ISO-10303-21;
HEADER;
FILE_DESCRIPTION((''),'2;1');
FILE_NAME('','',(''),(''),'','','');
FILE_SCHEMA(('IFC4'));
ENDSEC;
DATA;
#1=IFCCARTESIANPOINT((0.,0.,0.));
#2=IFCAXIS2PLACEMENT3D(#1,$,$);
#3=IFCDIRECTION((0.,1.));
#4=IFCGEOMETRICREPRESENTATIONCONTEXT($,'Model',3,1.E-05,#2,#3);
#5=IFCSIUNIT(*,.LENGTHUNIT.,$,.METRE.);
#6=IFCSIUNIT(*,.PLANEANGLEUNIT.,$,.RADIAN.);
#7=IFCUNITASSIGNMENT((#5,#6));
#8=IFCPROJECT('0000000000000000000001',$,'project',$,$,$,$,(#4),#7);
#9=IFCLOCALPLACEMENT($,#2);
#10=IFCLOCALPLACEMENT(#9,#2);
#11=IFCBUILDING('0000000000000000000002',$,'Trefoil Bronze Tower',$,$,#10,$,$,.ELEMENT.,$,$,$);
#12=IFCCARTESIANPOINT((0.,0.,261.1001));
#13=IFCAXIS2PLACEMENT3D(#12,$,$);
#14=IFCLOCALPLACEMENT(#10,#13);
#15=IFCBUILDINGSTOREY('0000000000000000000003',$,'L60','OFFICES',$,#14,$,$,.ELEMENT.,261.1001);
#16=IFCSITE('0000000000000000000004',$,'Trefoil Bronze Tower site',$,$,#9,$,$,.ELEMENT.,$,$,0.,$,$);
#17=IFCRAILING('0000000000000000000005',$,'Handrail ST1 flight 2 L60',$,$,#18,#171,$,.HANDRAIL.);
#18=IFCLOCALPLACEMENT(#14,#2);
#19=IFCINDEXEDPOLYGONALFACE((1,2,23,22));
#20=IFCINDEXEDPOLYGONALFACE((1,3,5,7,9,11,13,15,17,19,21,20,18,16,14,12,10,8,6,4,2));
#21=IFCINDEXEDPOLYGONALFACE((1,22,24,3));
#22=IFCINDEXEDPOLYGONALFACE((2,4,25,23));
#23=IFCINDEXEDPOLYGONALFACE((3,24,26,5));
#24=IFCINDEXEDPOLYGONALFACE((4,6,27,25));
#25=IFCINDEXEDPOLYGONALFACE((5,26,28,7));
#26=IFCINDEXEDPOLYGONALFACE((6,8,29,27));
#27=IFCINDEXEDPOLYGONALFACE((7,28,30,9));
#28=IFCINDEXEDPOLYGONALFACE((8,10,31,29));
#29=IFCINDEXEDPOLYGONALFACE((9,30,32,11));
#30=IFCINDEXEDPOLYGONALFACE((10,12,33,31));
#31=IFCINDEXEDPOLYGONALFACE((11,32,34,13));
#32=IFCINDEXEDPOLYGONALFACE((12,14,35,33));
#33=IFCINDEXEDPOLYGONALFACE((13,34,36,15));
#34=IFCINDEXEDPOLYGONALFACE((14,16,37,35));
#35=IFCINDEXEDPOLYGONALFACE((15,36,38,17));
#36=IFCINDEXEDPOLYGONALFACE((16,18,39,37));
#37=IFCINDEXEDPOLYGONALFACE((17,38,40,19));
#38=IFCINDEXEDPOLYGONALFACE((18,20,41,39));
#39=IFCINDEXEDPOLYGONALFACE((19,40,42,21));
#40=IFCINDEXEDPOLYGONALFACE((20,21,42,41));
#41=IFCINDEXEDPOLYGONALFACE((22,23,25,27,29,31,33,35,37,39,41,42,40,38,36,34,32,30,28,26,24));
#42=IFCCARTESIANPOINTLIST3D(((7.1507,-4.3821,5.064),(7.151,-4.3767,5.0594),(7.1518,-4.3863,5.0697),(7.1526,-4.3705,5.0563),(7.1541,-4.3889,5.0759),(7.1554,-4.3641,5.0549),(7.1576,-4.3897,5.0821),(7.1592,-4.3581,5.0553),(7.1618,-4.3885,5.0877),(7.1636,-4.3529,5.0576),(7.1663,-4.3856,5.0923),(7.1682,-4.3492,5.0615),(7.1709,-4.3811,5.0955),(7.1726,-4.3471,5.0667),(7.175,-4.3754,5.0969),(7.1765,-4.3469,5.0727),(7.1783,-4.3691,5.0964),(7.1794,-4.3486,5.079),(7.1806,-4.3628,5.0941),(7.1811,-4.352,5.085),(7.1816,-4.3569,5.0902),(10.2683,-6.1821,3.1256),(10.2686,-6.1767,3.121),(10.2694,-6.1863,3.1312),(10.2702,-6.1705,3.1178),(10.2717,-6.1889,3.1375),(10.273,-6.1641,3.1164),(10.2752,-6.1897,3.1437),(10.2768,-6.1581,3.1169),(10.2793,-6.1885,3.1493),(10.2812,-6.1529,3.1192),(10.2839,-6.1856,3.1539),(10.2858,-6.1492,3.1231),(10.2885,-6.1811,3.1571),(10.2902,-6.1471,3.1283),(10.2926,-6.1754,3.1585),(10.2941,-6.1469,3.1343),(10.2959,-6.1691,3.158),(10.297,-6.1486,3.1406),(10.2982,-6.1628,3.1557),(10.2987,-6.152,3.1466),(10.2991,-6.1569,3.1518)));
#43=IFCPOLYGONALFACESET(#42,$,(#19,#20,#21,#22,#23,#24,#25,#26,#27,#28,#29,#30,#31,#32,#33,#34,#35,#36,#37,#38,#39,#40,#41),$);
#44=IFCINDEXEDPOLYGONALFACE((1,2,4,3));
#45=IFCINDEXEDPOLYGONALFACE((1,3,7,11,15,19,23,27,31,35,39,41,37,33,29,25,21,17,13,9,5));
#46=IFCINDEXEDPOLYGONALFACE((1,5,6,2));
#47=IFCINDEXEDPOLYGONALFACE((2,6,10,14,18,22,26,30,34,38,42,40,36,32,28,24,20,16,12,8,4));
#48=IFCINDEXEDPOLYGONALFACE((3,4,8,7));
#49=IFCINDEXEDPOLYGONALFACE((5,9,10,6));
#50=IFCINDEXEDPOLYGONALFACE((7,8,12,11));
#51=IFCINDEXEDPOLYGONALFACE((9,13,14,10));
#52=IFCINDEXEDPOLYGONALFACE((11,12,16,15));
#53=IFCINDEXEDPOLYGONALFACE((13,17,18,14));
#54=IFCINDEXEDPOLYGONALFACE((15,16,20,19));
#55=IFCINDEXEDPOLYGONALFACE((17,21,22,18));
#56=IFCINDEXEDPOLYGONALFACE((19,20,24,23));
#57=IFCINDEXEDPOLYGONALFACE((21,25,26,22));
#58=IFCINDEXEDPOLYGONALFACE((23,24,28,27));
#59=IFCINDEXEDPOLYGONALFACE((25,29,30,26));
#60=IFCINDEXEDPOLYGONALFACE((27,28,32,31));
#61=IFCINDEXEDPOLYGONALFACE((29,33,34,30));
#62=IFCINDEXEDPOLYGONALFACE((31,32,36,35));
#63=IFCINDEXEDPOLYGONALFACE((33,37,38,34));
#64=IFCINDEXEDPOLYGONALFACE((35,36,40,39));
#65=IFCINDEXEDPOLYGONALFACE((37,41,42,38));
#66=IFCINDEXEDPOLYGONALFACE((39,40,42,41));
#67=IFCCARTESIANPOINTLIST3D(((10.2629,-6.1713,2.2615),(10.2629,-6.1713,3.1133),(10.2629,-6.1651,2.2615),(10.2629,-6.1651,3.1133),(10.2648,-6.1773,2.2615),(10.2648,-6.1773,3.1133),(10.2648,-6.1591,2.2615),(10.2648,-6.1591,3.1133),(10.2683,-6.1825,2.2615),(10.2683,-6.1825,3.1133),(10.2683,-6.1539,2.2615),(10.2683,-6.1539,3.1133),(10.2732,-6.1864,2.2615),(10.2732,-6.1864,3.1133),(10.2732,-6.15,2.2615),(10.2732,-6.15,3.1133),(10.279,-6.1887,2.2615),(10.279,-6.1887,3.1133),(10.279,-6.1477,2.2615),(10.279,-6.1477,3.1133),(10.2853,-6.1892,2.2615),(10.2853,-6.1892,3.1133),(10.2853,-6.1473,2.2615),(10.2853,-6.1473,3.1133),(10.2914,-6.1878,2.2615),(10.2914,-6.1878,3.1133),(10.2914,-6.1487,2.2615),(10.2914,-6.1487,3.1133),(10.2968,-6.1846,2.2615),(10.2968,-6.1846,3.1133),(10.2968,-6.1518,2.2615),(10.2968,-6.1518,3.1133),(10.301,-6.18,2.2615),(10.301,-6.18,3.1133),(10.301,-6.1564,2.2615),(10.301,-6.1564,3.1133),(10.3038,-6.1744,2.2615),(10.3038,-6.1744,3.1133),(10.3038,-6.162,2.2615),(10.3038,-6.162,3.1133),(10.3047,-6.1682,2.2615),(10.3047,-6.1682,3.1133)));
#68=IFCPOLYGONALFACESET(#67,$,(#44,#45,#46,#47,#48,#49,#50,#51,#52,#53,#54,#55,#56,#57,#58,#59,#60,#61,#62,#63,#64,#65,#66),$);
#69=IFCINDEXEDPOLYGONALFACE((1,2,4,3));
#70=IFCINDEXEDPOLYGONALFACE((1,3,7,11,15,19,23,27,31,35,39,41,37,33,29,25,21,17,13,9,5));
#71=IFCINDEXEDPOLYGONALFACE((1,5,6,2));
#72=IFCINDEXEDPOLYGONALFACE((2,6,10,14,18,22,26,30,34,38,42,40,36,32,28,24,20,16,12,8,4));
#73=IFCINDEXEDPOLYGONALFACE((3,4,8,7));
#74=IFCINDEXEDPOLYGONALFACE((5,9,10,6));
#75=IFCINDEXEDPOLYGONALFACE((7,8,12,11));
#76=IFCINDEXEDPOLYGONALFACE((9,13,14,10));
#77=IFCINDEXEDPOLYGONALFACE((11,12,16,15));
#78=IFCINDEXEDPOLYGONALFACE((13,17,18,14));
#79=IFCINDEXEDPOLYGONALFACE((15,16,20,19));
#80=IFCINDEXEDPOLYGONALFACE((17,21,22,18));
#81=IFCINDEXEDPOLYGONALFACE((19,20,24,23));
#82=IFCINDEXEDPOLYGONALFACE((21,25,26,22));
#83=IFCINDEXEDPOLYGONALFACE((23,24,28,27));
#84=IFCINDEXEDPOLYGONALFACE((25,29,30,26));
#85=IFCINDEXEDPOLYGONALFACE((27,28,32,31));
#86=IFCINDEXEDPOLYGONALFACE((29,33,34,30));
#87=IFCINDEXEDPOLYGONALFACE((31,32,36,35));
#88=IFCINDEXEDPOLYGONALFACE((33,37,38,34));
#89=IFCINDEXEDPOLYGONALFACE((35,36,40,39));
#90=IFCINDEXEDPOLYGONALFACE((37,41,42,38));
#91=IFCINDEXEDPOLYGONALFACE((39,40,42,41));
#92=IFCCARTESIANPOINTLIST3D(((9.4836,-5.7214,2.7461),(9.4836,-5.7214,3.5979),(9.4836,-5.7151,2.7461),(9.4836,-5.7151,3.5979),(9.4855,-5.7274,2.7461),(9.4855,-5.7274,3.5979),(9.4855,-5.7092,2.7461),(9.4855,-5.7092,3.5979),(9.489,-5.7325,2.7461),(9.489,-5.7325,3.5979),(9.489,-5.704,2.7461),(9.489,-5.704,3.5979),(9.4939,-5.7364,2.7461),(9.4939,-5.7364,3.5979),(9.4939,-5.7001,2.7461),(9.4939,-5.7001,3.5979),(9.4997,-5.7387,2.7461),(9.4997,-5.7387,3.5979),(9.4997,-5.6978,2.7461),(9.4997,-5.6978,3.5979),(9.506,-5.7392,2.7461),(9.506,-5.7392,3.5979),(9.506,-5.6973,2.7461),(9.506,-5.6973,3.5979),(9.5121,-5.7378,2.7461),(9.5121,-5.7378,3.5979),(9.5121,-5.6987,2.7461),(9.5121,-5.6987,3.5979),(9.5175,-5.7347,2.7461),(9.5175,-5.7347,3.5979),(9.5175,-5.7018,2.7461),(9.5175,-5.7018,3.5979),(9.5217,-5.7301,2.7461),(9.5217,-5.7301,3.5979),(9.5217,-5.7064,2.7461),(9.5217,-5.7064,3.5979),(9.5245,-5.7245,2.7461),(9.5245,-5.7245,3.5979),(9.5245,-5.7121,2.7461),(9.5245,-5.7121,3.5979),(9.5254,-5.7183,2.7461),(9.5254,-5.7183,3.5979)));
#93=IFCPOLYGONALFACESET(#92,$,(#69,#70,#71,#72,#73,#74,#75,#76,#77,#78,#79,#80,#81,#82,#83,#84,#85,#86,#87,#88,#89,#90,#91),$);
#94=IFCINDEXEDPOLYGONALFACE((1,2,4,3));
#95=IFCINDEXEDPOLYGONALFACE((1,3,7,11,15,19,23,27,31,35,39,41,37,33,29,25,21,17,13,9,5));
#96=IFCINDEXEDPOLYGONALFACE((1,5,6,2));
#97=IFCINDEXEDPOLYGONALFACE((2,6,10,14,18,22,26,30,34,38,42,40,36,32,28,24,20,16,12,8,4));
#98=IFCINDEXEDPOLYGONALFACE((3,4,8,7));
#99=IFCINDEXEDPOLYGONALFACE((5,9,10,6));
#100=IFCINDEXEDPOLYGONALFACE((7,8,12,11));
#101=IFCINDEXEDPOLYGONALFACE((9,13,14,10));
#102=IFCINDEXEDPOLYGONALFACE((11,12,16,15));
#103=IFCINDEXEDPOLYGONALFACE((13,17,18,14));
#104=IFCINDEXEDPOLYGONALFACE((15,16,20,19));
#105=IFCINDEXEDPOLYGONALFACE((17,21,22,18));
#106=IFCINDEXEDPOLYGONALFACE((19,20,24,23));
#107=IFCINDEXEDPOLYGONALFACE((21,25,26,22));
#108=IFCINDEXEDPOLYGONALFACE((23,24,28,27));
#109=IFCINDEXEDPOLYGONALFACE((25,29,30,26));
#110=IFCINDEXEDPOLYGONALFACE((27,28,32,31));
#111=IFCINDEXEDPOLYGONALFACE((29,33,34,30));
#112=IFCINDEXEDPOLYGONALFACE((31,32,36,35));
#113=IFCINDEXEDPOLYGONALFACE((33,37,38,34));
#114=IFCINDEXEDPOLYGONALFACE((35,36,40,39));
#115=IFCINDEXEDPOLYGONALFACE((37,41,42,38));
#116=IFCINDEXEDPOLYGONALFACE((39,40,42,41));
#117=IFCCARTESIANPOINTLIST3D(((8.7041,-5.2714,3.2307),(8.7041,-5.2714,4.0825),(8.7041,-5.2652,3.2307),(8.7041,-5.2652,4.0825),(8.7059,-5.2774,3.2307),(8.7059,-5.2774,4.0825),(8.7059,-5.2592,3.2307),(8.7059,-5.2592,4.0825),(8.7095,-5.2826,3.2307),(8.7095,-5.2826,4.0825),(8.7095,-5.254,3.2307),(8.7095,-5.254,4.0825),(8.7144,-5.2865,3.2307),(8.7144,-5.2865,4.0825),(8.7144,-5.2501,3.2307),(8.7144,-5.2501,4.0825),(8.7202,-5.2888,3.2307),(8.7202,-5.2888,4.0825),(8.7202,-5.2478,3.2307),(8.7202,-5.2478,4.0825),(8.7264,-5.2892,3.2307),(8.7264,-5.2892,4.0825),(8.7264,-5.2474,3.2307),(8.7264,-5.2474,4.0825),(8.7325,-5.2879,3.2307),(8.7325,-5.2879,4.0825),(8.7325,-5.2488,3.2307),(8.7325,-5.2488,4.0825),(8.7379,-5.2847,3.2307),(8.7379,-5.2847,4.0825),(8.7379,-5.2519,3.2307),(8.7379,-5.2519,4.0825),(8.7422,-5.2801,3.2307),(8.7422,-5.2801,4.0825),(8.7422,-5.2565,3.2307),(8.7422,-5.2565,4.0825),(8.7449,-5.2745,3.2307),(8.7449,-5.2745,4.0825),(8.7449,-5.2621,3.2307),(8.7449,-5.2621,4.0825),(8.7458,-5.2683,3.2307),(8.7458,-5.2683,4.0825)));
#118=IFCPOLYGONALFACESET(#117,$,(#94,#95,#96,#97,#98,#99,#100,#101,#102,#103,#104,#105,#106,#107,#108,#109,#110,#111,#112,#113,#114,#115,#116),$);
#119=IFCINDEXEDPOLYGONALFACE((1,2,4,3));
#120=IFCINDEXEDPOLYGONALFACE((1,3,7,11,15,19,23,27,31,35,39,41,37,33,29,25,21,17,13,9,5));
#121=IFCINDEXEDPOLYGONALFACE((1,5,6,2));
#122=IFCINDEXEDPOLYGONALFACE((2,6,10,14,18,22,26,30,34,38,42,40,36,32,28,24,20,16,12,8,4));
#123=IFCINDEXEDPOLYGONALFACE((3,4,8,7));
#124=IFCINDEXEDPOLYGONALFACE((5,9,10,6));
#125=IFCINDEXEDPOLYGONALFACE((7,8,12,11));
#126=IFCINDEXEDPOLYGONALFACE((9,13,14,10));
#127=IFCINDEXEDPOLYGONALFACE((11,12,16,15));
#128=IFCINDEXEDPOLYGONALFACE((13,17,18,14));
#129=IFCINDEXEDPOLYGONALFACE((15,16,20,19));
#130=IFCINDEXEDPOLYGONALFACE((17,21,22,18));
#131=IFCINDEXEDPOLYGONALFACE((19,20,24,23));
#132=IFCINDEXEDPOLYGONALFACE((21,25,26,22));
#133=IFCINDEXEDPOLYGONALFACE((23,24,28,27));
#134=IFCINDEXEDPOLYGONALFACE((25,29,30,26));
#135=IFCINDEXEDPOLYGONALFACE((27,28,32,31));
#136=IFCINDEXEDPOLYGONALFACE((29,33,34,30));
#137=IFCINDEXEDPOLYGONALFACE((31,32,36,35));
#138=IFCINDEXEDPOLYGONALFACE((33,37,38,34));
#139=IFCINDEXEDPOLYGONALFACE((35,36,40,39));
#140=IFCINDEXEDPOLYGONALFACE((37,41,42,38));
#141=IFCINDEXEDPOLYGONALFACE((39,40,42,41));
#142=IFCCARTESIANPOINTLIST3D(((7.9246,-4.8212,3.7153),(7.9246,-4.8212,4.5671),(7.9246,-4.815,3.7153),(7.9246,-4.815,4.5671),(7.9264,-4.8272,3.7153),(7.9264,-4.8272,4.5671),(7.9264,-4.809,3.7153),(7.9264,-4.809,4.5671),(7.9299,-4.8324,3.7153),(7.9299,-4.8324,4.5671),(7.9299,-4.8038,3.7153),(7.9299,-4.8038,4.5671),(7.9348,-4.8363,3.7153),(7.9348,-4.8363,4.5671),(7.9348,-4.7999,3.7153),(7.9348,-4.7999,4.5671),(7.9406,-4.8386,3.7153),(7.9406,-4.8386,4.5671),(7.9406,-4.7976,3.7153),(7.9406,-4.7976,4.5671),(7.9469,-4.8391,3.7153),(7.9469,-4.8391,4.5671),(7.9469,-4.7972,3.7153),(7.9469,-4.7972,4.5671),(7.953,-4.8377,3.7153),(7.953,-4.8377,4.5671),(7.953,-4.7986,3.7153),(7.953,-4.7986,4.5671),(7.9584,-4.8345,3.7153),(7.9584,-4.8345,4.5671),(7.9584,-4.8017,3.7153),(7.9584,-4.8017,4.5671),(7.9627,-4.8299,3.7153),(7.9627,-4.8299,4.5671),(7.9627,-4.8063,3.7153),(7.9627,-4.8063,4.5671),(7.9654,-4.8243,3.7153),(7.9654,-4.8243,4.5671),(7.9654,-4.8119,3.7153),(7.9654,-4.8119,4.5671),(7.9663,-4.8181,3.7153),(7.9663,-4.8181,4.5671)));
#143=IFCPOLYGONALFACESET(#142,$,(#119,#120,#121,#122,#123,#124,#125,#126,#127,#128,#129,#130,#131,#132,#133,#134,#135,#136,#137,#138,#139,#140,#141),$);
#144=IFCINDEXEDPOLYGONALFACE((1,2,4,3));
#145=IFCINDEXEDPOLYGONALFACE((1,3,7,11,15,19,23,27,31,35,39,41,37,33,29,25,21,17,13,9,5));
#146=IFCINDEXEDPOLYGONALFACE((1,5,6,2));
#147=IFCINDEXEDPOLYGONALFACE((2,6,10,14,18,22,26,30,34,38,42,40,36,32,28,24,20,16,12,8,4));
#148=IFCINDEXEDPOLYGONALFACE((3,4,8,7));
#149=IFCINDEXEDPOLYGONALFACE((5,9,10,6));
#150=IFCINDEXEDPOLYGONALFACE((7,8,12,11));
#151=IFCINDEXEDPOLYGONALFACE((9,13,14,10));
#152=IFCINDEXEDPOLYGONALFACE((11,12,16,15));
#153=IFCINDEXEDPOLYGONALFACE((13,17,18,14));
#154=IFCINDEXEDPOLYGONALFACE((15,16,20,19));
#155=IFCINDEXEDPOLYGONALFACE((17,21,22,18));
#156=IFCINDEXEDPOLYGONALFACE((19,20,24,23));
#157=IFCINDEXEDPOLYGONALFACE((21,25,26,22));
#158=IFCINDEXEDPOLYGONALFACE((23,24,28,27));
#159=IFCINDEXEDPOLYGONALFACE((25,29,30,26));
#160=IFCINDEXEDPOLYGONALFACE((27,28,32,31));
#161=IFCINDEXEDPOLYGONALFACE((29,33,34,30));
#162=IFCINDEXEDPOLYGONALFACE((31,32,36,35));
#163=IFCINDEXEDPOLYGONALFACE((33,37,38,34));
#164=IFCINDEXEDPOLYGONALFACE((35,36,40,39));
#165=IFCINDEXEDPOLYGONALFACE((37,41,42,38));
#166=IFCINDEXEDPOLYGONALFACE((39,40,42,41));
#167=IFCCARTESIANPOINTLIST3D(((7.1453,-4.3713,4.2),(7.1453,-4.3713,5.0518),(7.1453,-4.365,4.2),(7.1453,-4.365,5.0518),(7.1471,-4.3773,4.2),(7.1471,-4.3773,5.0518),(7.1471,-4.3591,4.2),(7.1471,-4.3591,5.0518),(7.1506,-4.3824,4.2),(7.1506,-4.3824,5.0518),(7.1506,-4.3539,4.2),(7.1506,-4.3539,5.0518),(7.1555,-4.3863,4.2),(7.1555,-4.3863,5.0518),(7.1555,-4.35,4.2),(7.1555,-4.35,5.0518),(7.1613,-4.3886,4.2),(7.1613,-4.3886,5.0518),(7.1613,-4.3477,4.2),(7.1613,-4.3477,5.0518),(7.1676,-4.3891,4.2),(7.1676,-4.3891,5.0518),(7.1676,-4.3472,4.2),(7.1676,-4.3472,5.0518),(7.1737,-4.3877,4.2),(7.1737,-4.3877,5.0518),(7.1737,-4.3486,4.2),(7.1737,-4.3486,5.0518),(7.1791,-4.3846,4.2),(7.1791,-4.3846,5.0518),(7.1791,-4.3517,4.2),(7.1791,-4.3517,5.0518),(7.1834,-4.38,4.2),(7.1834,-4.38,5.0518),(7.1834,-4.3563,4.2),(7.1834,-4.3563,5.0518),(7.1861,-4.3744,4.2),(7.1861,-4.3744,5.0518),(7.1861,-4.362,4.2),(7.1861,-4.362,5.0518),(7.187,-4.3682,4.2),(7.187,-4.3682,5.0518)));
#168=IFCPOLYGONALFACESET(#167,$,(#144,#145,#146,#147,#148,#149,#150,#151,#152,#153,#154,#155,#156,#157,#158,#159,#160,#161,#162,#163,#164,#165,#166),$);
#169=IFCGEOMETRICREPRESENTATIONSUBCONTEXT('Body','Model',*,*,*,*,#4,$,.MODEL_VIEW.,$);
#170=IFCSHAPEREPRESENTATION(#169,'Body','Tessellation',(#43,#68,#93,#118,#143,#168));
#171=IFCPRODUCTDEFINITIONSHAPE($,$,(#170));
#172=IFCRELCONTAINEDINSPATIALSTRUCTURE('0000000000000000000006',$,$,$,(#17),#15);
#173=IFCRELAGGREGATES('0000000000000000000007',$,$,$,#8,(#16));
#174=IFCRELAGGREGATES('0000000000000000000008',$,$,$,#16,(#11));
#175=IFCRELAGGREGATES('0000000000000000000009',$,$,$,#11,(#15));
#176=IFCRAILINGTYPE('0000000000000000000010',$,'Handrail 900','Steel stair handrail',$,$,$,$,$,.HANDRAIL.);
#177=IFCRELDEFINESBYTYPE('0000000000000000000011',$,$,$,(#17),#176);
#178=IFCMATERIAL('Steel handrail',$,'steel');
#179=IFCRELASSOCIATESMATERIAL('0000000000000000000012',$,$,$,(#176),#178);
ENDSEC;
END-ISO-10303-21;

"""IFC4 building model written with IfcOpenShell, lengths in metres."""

from ifc_helpers import new_model, si_unit, direction, frame, origin, origin_2d, place, context, subcontext, project, spatial, circle, extrude, material, type_object, element, save


model = new_model("IFC4")

# Units and contexts
model_context = context("Model", 3, precision=1e-05, world=origin(), true_north=direction((0.0, 1.0)))
body_context = subcontext(model_context, "Body", "Model", "MODEL_VIEW")
ifc_project = project(units=[si_unit("LENGTHUNIT", "METRE"), si_unit("PLANEANGLEUNIT", "RADIAN")], contexts=[model_context])

# Site, building, storey
site_placement = place(None, origin())
site = spatial("IfcSite", under=ifc_project, at=site_placement, Name="Trefoil Bronze Tower site", CompositionType="ELEMENT", RefElevation=0.0)
building_placement = place(site_placement, origin())
building = spatial("IfcBuilding", under=site, at=building_placement, Name="Trefoil Bronze Tower", CompositionType="ELEMENT")
storey_placement = place(building_placement, frame((0.0, 0.0, 261.1001)))
storey = spatial("IfcBuildingStorey", under=building, at=storey_placement, Name="L60", Description="OFFICES", CompositionType="ELEMENT", Elevation=261.1001)

# Railing
ifc_material_1 = material(Name="Steel handrail", Category="steel")
railing_type = type_object("IfcRailingType", Name="Handrail 900", Description="Steel stair handrail", PredefinedType="HANDRAIL", material=ifc_material_1)
railing_1_placement = place(storey_placement, frame((10.2837, -6.1682, 2.2615)))
element("IfcRailing", 1, at=railing_1_placement, inside=storey, type_object=railing_type, Name="Handrail ST1 flight 2 L60", PredefinedType="HANDRAIL", context=body_context, shape_type="SweptSolid", body=[
    extrude(circle(Radius=0.0239, at=origin_2d()), frame((0.0, 0.0, 0.876), z_axis=(-0.762503, 0.440246, 0.474102), x_axis=(-0.500012, -0.866018, 0.0)), (0.0, 0.0, 1.0), 4.0886),
    extrude(circle(Radius=0.021, at=origin_2d()), origin(), (0.0, 0.0, 1.0), 0.8518),
    extrude(circle(Radius=0.021, at=origin_2d()), frame((-0.7793, 0.45, 0.4846)), (0.0, 0.0, 1.0), 0.8518),
    extrude(circle(Radius=0.021, at=origin_2d()), frame((-1.5588, 0.8999, 0.9692)), (0.0, 0.0, 1.0), 0.8518),
    extrude(circle(Radius=0.021, at=origin_2d()), frame((-2.3384, 1.3501, 1.4539)), (0.0, 0.0, 1.0), 0.8518),
    extrude(circle(Radius=0.021, at=origin_2d()), frame((-3.1177, 1.8, 1.9385)), (0.0, 0.0, 1.0), 0.8518),
])

save(model, "model.ifc")
